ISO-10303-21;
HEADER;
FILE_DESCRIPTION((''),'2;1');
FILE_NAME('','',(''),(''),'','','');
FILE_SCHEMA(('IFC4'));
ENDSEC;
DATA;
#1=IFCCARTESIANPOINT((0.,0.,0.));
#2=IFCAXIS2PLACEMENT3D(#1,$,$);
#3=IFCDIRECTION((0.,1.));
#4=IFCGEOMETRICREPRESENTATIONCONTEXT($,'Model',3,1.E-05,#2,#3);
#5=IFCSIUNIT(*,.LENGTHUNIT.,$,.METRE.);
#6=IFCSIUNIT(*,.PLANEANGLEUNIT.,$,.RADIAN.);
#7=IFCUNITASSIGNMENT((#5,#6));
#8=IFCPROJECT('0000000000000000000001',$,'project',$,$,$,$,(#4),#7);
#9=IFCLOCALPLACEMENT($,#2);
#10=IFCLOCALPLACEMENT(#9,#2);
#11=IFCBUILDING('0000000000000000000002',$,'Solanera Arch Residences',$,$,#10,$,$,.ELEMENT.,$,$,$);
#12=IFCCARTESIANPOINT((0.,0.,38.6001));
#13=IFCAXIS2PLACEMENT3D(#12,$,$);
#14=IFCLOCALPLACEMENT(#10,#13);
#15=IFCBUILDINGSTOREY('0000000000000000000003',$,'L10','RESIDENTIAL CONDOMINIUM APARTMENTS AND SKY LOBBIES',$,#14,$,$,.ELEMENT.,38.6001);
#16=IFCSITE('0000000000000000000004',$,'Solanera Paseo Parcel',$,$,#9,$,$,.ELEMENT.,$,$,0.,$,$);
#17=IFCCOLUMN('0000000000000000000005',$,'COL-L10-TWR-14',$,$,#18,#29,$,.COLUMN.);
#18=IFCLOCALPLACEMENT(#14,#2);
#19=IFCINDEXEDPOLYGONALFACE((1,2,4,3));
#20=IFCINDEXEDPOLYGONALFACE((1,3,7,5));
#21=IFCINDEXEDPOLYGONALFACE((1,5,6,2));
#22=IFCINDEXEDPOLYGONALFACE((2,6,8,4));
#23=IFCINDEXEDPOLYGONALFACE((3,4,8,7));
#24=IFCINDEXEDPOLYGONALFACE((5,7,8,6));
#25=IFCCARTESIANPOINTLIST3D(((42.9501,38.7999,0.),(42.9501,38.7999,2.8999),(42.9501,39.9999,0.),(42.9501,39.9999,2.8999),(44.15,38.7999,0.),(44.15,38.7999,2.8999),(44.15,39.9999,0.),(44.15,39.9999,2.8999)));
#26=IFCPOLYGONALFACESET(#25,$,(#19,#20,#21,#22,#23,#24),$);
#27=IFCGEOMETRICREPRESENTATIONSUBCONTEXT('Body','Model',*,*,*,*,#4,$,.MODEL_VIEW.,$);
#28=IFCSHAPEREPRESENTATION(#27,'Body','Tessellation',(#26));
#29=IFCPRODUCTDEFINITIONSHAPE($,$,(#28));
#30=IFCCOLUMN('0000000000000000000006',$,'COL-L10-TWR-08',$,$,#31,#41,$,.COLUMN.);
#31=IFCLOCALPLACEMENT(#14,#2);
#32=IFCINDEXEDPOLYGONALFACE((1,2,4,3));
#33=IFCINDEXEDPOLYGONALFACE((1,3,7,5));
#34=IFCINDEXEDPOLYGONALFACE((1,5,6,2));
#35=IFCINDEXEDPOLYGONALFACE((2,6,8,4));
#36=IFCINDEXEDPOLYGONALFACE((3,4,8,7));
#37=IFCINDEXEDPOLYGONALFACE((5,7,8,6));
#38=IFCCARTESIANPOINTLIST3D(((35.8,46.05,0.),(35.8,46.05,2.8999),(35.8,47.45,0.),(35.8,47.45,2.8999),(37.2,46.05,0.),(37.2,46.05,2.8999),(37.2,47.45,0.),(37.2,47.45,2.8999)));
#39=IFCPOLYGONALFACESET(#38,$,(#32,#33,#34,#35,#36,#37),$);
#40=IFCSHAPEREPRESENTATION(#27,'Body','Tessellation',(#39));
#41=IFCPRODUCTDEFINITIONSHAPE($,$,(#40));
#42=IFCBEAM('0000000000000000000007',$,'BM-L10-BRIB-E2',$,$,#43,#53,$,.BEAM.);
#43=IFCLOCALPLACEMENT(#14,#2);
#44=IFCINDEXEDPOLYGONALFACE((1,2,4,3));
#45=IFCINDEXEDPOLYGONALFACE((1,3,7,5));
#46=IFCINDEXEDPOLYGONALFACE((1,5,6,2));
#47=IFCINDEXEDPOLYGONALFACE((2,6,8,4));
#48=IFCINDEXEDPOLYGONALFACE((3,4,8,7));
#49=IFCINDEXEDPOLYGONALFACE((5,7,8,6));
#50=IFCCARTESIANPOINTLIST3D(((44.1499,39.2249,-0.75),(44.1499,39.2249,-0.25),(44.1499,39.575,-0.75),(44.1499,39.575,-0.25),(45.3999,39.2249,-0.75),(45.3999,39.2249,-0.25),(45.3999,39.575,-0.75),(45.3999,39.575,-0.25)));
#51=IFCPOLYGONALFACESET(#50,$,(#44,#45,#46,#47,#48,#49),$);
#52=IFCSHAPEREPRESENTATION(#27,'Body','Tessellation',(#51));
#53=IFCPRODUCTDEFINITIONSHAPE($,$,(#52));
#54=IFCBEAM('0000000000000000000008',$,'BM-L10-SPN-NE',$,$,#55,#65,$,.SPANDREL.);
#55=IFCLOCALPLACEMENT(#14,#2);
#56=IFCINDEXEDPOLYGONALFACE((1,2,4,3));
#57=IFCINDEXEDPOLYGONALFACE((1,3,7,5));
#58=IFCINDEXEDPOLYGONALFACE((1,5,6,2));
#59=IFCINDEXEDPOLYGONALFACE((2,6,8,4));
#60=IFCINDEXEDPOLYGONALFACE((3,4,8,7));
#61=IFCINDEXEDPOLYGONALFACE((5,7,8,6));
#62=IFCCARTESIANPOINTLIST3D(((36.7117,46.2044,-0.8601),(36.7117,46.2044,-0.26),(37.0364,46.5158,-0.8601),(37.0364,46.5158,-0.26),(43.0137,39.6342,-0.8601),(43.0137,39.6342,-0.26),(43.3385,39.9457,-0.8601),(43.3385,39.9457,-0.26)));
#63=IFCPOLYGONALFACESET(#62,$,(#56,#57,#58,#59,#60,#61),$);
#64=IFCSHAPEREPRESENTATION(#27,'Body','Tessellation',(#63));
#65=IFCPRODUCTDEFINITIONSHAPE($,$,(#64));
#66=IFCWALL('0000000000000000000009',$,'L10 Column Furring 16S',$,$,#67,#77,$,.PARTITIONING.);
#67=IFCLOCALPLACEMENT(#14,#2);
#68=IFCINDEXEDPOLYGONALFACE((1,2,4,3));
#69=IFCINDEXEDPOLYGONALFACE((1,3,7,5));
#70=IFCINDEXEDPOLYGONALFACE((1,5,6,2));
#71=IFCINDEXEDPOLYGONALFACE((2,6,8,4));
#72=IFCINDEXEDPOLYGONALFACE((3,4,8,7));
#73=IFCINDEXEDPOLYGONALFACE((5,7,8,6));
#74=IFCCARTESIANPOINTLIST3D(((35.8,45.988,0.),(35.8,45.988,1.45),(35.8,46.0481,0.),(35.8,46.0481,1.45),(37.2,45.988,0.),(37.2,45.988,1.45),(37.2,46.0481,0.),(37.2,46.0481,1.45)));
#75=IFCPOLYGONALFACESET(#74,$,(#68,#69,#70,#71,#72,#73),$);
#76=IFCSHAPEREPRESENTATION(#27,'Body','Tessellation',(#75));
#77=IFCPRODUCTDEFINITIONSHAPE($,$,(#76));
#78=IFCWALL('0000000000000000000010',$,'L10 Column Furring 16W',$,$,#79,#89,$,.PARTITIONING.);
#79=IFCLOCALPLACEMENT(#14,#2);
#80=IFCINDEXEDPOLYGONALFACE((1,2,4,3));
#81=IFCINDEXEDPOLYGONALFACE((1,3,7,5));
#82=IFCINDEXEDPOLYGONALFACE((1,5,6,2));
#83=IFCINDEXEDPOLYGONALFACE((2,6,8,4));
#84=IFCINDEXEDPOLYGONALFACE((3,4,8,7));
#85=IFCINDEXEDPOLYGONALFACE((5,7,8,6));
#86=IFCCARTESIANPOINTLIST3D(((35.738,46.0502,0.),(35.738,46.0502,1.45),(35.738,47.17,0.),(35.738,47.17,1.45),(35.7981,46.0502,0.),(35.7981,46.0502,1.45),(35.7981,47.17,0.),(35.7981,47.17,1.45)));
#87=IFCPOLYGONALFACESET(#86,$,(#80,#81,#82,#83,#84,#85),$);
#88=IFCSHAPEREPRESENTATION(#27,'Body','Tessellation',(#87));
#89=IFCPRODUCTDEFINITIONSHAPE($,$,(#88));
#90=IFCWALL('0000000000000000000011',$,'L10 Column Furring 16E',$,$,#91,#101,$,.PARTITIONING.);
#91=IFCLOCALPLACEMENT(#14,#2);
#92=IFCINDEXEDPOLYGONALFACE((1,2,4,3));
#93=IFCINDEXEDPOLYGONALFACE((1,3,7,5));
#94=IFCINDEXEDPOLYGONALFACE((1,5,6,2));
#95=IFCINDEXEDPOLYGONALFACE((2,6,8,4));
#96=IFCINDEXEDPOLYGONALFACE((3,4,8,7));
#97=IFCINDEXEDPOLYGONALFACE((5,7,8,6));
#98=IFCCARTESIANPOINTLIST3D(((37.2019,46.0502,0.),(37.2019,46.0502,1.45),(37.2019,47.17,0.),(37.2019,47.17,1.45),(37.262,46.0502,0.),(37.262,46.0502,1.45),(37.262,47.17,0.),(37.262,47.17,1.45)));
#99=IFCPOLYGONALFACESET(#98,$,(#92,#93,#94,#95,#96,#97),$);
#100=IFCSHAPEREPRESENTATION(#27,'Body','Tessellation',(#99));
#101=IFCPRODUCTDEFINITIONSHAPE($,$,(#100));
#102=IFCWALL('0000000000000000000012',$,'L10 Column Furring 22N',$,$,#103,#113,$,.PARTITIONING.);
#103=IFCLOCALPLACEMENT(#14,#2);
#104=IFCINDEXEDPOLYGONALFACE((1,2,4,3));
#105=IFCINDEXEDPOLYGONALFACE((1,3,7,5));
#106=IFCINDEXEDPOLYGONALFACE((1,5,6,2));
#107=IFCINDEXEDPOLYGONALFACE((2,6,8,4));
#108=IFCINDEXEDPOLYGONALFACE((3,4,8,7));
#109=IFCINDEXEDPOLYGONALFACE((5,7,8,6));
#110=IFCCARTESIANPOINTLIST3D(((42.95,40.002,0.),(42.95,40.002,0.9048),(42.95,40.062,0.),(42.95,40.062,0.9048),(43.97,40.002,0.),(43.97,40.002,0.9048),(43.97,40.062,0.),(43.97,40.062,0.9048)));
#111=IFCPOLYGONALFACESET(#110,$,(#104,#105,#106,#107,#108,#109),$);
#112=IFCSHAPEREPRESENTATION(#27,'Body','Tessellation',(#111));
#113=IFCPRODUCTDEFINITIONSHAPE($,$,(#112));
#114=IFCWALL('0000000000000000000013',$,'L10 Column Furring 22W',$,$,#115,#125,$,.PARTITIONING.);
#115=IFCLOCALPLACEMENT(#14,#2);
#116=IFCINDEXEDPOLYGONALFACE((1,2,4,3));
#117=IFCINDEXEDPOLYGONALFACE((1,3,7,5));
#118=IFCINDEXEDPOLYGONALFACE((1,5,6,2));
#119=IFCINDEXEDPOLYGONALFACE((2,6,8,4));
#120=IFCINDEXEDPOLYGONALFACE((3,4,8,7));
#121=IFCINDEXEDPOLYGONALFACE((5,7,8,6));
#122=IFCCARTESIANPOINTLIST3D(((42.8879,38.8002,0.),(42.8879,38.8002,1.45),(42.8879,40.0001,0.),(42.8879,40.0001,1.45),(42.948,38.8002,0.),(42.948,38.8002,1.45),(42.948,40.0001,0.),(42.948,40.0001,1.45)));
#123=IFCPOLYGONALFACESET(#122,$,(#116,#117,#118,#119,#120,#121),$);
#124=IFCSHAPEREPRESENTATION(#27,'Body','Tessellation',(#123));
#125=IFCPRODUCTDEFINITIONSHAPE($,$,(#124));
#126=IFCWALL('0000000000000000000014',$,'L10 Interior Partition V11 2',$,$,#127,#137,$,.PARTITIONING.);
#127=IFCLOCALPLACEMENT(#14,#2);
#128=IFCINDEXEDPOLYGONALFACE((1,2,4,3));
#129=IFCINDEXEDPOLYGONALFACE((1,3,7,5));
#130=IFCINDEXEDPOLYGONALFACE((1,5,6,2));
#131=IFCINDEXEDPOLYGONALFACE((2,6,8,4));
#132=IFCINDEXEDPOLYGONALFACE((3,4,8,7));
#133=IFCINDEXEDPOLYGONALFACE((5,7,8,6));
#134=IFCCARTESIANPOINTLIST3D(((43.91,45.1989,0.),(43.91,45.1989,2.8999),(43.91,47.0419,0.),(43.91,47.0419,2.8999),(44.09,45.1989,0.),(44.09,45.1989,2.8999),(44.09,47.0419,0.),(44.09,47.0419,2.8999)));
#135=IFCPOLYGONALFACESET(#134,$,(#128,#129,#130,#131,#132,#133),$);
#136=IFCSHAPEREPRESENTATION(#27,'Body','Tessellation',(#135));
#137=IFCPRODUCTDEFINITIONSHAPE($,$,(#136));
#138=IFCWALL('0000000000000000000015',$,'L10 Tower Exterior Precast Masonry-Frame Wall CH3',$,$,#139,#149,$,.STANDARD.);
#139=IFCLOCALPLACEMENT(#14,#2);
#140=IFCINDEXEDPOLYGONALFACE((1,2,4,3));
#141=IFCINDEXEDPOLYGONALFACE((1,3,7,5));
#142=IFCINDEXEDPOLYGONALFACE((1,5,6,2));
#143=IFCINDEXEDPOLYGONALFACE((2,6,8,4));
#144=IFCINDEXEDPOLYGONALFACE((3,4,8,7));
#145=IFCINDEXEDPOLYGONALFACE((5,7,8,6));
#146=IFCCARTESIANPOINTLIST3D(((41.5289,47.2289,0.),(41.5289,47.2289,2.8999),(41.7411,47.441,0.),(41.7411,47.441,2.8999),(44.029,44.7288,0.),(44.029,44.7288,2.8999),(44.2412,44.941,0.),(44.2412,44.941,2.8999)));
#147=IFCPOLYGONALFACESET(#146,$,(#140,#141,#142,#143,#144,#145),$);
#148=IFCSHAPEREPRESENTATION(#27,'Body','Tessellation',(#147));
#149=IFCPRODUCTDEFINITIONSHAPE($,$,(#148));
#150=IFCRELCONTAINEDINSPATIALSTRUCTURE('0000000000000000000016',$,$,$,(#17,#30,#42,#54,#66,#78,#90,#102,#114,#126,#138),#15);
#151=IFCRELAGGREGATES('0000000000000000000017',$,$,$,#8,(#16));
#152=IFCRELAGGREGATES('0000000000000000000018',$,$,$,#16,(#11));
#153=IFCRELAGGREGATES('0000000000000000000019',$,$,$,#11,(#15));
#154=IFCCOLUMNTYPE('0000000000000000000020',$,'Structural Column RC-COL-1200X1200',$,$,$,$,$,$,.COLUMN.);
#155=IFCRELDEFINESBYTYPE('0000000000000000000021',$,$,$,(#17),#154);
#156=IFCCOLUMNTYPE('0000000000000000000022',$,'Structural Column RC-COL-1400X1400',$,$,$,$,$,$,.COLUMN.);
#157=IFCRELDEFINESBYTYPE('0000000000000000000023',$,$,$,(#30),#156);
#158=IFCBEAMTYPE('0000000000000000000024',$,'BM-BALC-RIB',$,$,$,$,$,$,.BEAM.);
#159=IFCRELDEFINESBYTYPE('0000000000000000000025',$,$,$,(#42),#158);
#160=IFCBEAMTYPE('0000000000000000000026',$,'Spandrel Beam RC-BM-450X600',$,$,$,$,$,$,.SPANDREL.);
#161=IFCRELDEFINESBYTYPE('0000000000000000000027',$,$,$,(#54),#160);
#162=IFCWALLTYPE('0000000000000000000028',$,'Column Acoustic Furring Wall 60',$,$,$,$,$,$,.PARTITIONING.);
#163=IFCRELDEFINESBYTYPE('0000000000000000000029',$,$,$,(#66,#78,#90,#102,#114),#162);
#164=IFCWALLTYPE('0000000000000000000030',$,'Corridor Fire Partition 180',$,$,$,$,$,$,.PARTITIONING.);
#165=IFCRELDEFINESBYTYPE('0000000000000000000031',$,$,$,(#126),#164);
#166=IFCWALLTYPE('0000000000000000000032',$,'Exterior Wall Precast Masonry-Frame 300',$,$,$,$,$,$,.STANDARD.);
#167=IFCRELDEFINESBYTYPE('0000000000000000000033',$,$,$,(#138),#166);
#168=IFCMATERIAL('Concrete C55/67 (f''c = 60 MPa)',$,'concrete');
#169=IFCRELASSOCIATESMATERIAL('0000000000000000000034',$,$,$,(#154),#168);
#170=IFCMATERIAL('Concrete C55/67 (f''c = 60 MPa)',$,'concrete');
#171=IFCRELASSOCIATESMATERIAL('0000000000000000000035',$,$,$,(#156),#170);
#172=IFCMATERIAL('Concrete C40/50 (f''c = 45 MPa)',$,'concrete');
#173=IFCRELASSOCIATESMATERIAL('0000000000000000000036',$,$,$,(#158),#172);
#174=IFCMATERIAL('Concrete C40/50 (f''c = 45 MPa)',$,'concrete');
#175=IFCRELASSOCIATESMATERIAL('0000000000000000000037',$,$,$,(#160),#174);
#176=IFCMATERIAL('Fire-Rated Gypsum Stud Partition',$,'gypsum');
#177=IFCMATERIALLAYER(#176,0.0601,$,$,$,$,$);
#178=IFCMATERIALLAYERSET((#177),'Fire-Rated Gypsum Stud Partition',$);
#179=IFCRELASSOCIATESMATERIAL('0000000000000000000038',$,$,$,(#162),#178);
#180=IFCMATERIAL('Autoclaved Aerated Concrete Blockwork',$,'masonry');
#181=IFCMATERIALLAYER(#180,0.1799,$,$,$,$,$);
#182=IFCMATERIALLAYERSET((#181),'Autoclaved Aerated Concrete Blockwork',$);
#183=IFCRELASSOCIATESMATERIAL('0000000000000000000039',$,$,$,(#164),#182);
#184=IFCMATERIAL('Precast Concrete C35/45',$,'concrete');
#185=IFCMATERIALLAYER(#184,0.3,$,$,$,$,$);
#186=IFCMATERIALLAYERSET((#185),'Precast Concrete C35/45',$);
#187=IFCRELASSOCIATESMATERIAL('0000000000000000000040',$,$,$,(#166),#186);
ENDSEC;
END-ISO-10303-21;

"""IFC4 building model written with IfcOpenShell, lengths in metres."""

from ifc_helpers import new_model, si_unit, direction, frame, frame_2d, origin, origin_2d, place, context, subcontext, project, spatial, rectangle, extrude, material, layer, layer_set, material_profile, profile_set, type_object, element, save


model = new_model("IFC4")

# Units and contexts
model_context = context("Model", 3, precision=1e-05, world=origin(), true_north=direction((0.0, 1.0)))
body_context = subcontext(model_context, "Body", "Model", "MODEL_VIEW")
ifc_project = project(units=[si_unit("LENGTHUNIT", "METRE"), si_unit("PLANEANGLEUNIT", "RADIAN")], contexts=[model_context])

# Site, building, storey
site_placement = place(None, origin())
site = spatial("IfcSite", under=ifc_project, at=site_placement, Name="Solanera Paseo Parcel", CompositionType="ELEMENT", RefElevation=0.0)
building_placement = place(site_placement, origin())
building = spatial("IfcBuilding", under=site, at=building_placement, Name="Solanera Arch Residences", CompositionType="ELEMENT")
storey_placement = place(building_placement, frame((0.0, 0.0, 38.6001)))
storey = spatial("IfcBuildingStorey", under=building, at=storey_placement, Name="L10", Description="RESIDENTIAL CONDOMINIUM APARTMENTS AND SKY LOBBIES", CompositionType="ELEMENT", Elevation=38.6001)

# Columns
ifc_material_1 = material(Name="Concrete C55/67 (f'c = 60 MPa)", Category="concrete")
ifc_material_profile_1 = material_profile(ifc_material_1, rectangle(XDim=1.2, YDim=1.2, at=origin_2d()))
ifc_profile_set_1 = profile_set([ifc_material_profile_1], Name="Concrete C55/67 (f'c = 60 MPa)")
column_type_1 = type_object("IfcColumnType", Name="Structural Column RC-COL-1200X1200", PredefinedType="COLUMN", material=ifc_profile_set_1)
column_1_placement = place(storey_placement, frame((43.55, 39.3999, 0.0), z_axis=(0.0, 0.0, 1.0), x_axis=(1.0, 0.0, 0.0)))
element("IfcColumn", 1, at=column_1_placement, inside=storey, type_object=column_type_1, Name="COL-L10-TWR-14", PredefinedType="COLUMN", context=body_context, shape_type="SweptSolid", body=[
    extrude(rectangle(XDim=1.2, YDim=1.2, at=origin_2d()), origin(), (0.0, 0.0, 1.0), 2.8999),
])
ifc_material_2 = material(Name="Concrete C55/67 (f'c = 60 MPa)", Category="concrete")
ifc_material_profile_2 = material_profile(ifc_material_2, rectangle(XDim=1.3999, YDim=1.3999, at=origin_2d()))
ifc_profile_set_2 = profile_set([ifc_material_profile_2], Name="Concrete C55/67 (f'c = 60 MPa)")
column_type_2 = type_object("IfcColumnType", Name="Structural Column RC-COL-1400X1400", PredefinedType="COLUMN", material=ifc_profile_set_2)
column_2_placement = place(storey_placement, frame((36.5, 46.75, 0.0), z_axis=(0.0, 0.0, 1.0), x_axis=(1.0, 0.0, 0.0)))
element("IfcColumn", 2, at=column_2_placement, inside=storey, type_object=column_type_2, Name="COL-L10-TWR-08", PredefinedType="COLUMN", context=body_context, shape_type="SweptSolid", body=[
    extrude(rectangle(XDim=1.3999, YDim=1.3999, at=origin_2d()), origin(), (0.0, 0.0, 1.0), 2.8999),
])

# Beams
ifc_material_3 = material(Name="Concrete C40/50 (f'c = 45 MPa)", Category="concrete")
ifc_material_profile_3 = material_profile(ifc_material_3, rectangle(XDim=0.3501, YDim=0.5, at=origin_2d()))
ifc_profile_set_3 = profile_set([ifc_material_profile_3], Name="Concrete C40/50 (f'c = 45 MPa)")
beam_type_1 = type_object("IfcBeamType", Name="BM-BALC-RIB", PredefinedType="BEAM", material=ifc_profile_set_3)
beam_1_placement = place(storey_placement, frame((44.1499, 39.3999, -0.5), z_axis=(1.0, 0.0, 0.0), x_axis=(0.0, 1.0, 0.0)))
element("IfcBeam", 3, at=beam_1_placement, inside=storey, type_object=beam_type_1, Name="BM-L10-BRIB-E2", PredefinedType="BEAM", context=body_context, shape_type="SweptSolid", body=[
    extrude(rectangle(XDim=0.3501, YDim=0.5, at=origin_2d()), origin(), (0.0, 0.0, 1.0), 1.25),
])
ifc_material_4 = material(Name="Concrete C40/50 (f'c = 45 MPa)", Category="concrete")
ifc_material_profile_4 = material_profile(ifc_material_4, rectangle(XDim=0.45, YDim=0.6001, at=origin_2d()))
ifc_profile_set_4 = profile_set([ifc_material_profile_4], Name="Concrete C40/50 (f'c = 45 MPa)")
beam_type_2 = type_object("IfcBeamType", Name="Spandrel Beam RC-BM-450X600", PredefinedType="SPANDREL", material=ifc_profile_set_4)
beam_2_placement = place(storey_placement, frame((36.874, 46.3601, -0.5601), z_axis=(0.692231, -0.721676, 0.0), x_axis=(0.721676, 0.692231, 0.0)))
element("IfcBeam", 4, at=beam_2_placement, inside=storey, type_object=beam_type_2, Name="BM-L10-SPN-NE", PredefinedType="SPANDREL", context=body_context, shape_type="SweptSolid", body=[
    extrude(rectangle(XDim=0.45, YDim=0.6001, at=origin_2d()), origin(), (0.0, 0.0, 1.0), 9.104),
])

# Walls
ifc_material_5 = material(Name="Fire-Rated Gypsum Stud Partition", Category="gypsum")
ifc_layer_1 = layer(ifc_material_5, 0.0601)
ifc_layer_set_1 = layer_set([ifc_layer_1], Name="Fire-Rated Gypsum Stud Partition")
wall_type_1 = type_object("IfcWallType", Name="Column Acoustic Furring Wall 60", PredefinedType="PARTITIONING", material=ifc_layer_set_1)
wall_1_placement = place(storey_placement, frame((35.8, 46.0181, 0.0), z_axis=(0.0, 0.0, 1.0), x_axis=(1.0, 0.0, 0.0)))
element("IfcWall", 5, at=wall_1_placement, inside=storey, type_object=wall_type_1, Name="L10 Column Furring 16S", PredefinedType="PARTITIONING", context=body_context, shape_type="SweptSolid", body=[
    extrude(rectangle(XDim=1.3999, YDim=0.0601, at=frame_2d((0.7, 0.0))), origin(), (0.0, 0.0, 1.0), 1.45),
])
for number, where, z_axis, x_axis, name in (
    (6, (35.7681, 46.05, 0.0), (0.0, 0.0, 1.0), (0.0, 1.0, 0.0), "L10 Column Furring 16W"),
    (7, (37.2319, 46.05, 0.0), (0.0, 0.0, 1.0), (0.0, 1.0, 0.0), "L10 Column Furring 16E"),
):
    element("IfcWall", number, at=place(storey_placement, frame(where, z_axis=z_axis, x_axis=x_axis)), inside=storey, type_object=wall_type_1, Name=name, PredefinedType="PARTITIONING", context=body_context, shape_type="SweptSolid", body=[
        extrude(rectangle(XDim=1.1199, YDim=0.0601, at=frame_2d((0.5601, 0.0))), origin(), (0.0, 0.0, 1.0), 1.45),
    ])
wall_2_placement = place(storey_placement, frame((42.95, 40.032, 0.0), z_axis=(0.0, 0.0, 1.0), x_axis=(1.0, 0.0, 0.0)))
element("IfcWall", 8, at=wall_2_placement, inside=storey, type_object=wall_type_1, Name="L10 Column Furring 22N", PredefinedType="PARTITIONING", context=body_context, shape_type="SweptSolid", body=[
    extrude(rectangle(XDim=1.02, YDim=0.0601, at=frame_2d((0.51, 0.0))), origin(), (0.0, 0.0, 1.0), 0.9048),
])
wall_3_placement = place(storey_placement, frame((42.918, 38.8, 0.0), z_axis=(0.0, 0.0, 1.0), x_axis=(0.0, 1.0, 0.0)))
element("IfcWall", 9, at=wall_3_placement, inside=storey, type_object=wall_type_1, Name="L10 Column Furring 22W", PredefinedType="PARTITIONING", context=body_context, shape_type="SweptSolid", body=[
    extrude(rectangle(XDim=1.2, YDim=0.0601, at=frame_2d((0.6001, 0.0))), origin(), (0.0, 0.0, 1.0), 1.45),
])
ifc_material_6 = material(Name="Autoclaved Aerated Concrete Blockwork", Category="masonry")
ifc_layer_2 = layer(ifc_material_6, 0.1799)
ifc_layer_set_2 = layer_set([ifc_layer_2], Name="Autoclaved Aerated Concrete Blockwork")
wall_type_2 = type_object("IfcWallType", Name="Corridor Fire Partition 180", PredefinedType="PARTITIONING", material=ifc_layer_set_2)
wall_4_placement = place(storey_placement, frame((44.0, 45.199, 0.0), z_axis=(0.0, 0.0, 1.0), x_axis=(0.0, 1.0, 0.0)))
element("IfcWall", 10, at=wall_4_placement, inside=storey, type_object=wall_type_2, Name="L10 Interior Partition V11 2", PredefinedType="PARTITIONING", context=body_context, shape_type="SweptSolid", body=[
    extrude(rectangle(XDim=1.843, YDim=0.1799, at=frame_2d((0.9214, 0.0))), origin(), (0.0, 0.0, 1.0), 2.8999),
])
ifc_material_7 = material(Name="Precast Concrete C35/45", Category="concrete")
ifc_layer_3 = layer(ifc_material_7, 0.3)
ifc_layer_set_3 = layer_set([ifc_layer_3], Name="Precast Concrete C35/45")
wall_type_3 = type_object("IfcWallType", Name="Exterior Wall Precast Masonry-Frame 300", PredefinedType="STANDARD", material=ifc_layer_set_3)
wall_5_placement = place(storey_placement, frame((41.635, 47.335, 0.0), z_axis=(0.0, 0.0, 1.0), x_axis=(0.707107, -0.707107, 0.0)))
element("IfcWall", 11, at=wall_5_placement, inside=storey, type_object=wall_type_3, Name="L10 Tower Exterior Precast Masonry-Frame Wall CH3", PredefinedType="STANDARD", context=body_context, shape_type="SweptSolid", body=[
    extrude(rectangle(XDim=3.5356, YDim=0.3, at=frame_2d((1.7678, 0.0))), origin(), (0.0, 0.0, 1.0), 2.8999),
])

save(model, "model.ifc")
